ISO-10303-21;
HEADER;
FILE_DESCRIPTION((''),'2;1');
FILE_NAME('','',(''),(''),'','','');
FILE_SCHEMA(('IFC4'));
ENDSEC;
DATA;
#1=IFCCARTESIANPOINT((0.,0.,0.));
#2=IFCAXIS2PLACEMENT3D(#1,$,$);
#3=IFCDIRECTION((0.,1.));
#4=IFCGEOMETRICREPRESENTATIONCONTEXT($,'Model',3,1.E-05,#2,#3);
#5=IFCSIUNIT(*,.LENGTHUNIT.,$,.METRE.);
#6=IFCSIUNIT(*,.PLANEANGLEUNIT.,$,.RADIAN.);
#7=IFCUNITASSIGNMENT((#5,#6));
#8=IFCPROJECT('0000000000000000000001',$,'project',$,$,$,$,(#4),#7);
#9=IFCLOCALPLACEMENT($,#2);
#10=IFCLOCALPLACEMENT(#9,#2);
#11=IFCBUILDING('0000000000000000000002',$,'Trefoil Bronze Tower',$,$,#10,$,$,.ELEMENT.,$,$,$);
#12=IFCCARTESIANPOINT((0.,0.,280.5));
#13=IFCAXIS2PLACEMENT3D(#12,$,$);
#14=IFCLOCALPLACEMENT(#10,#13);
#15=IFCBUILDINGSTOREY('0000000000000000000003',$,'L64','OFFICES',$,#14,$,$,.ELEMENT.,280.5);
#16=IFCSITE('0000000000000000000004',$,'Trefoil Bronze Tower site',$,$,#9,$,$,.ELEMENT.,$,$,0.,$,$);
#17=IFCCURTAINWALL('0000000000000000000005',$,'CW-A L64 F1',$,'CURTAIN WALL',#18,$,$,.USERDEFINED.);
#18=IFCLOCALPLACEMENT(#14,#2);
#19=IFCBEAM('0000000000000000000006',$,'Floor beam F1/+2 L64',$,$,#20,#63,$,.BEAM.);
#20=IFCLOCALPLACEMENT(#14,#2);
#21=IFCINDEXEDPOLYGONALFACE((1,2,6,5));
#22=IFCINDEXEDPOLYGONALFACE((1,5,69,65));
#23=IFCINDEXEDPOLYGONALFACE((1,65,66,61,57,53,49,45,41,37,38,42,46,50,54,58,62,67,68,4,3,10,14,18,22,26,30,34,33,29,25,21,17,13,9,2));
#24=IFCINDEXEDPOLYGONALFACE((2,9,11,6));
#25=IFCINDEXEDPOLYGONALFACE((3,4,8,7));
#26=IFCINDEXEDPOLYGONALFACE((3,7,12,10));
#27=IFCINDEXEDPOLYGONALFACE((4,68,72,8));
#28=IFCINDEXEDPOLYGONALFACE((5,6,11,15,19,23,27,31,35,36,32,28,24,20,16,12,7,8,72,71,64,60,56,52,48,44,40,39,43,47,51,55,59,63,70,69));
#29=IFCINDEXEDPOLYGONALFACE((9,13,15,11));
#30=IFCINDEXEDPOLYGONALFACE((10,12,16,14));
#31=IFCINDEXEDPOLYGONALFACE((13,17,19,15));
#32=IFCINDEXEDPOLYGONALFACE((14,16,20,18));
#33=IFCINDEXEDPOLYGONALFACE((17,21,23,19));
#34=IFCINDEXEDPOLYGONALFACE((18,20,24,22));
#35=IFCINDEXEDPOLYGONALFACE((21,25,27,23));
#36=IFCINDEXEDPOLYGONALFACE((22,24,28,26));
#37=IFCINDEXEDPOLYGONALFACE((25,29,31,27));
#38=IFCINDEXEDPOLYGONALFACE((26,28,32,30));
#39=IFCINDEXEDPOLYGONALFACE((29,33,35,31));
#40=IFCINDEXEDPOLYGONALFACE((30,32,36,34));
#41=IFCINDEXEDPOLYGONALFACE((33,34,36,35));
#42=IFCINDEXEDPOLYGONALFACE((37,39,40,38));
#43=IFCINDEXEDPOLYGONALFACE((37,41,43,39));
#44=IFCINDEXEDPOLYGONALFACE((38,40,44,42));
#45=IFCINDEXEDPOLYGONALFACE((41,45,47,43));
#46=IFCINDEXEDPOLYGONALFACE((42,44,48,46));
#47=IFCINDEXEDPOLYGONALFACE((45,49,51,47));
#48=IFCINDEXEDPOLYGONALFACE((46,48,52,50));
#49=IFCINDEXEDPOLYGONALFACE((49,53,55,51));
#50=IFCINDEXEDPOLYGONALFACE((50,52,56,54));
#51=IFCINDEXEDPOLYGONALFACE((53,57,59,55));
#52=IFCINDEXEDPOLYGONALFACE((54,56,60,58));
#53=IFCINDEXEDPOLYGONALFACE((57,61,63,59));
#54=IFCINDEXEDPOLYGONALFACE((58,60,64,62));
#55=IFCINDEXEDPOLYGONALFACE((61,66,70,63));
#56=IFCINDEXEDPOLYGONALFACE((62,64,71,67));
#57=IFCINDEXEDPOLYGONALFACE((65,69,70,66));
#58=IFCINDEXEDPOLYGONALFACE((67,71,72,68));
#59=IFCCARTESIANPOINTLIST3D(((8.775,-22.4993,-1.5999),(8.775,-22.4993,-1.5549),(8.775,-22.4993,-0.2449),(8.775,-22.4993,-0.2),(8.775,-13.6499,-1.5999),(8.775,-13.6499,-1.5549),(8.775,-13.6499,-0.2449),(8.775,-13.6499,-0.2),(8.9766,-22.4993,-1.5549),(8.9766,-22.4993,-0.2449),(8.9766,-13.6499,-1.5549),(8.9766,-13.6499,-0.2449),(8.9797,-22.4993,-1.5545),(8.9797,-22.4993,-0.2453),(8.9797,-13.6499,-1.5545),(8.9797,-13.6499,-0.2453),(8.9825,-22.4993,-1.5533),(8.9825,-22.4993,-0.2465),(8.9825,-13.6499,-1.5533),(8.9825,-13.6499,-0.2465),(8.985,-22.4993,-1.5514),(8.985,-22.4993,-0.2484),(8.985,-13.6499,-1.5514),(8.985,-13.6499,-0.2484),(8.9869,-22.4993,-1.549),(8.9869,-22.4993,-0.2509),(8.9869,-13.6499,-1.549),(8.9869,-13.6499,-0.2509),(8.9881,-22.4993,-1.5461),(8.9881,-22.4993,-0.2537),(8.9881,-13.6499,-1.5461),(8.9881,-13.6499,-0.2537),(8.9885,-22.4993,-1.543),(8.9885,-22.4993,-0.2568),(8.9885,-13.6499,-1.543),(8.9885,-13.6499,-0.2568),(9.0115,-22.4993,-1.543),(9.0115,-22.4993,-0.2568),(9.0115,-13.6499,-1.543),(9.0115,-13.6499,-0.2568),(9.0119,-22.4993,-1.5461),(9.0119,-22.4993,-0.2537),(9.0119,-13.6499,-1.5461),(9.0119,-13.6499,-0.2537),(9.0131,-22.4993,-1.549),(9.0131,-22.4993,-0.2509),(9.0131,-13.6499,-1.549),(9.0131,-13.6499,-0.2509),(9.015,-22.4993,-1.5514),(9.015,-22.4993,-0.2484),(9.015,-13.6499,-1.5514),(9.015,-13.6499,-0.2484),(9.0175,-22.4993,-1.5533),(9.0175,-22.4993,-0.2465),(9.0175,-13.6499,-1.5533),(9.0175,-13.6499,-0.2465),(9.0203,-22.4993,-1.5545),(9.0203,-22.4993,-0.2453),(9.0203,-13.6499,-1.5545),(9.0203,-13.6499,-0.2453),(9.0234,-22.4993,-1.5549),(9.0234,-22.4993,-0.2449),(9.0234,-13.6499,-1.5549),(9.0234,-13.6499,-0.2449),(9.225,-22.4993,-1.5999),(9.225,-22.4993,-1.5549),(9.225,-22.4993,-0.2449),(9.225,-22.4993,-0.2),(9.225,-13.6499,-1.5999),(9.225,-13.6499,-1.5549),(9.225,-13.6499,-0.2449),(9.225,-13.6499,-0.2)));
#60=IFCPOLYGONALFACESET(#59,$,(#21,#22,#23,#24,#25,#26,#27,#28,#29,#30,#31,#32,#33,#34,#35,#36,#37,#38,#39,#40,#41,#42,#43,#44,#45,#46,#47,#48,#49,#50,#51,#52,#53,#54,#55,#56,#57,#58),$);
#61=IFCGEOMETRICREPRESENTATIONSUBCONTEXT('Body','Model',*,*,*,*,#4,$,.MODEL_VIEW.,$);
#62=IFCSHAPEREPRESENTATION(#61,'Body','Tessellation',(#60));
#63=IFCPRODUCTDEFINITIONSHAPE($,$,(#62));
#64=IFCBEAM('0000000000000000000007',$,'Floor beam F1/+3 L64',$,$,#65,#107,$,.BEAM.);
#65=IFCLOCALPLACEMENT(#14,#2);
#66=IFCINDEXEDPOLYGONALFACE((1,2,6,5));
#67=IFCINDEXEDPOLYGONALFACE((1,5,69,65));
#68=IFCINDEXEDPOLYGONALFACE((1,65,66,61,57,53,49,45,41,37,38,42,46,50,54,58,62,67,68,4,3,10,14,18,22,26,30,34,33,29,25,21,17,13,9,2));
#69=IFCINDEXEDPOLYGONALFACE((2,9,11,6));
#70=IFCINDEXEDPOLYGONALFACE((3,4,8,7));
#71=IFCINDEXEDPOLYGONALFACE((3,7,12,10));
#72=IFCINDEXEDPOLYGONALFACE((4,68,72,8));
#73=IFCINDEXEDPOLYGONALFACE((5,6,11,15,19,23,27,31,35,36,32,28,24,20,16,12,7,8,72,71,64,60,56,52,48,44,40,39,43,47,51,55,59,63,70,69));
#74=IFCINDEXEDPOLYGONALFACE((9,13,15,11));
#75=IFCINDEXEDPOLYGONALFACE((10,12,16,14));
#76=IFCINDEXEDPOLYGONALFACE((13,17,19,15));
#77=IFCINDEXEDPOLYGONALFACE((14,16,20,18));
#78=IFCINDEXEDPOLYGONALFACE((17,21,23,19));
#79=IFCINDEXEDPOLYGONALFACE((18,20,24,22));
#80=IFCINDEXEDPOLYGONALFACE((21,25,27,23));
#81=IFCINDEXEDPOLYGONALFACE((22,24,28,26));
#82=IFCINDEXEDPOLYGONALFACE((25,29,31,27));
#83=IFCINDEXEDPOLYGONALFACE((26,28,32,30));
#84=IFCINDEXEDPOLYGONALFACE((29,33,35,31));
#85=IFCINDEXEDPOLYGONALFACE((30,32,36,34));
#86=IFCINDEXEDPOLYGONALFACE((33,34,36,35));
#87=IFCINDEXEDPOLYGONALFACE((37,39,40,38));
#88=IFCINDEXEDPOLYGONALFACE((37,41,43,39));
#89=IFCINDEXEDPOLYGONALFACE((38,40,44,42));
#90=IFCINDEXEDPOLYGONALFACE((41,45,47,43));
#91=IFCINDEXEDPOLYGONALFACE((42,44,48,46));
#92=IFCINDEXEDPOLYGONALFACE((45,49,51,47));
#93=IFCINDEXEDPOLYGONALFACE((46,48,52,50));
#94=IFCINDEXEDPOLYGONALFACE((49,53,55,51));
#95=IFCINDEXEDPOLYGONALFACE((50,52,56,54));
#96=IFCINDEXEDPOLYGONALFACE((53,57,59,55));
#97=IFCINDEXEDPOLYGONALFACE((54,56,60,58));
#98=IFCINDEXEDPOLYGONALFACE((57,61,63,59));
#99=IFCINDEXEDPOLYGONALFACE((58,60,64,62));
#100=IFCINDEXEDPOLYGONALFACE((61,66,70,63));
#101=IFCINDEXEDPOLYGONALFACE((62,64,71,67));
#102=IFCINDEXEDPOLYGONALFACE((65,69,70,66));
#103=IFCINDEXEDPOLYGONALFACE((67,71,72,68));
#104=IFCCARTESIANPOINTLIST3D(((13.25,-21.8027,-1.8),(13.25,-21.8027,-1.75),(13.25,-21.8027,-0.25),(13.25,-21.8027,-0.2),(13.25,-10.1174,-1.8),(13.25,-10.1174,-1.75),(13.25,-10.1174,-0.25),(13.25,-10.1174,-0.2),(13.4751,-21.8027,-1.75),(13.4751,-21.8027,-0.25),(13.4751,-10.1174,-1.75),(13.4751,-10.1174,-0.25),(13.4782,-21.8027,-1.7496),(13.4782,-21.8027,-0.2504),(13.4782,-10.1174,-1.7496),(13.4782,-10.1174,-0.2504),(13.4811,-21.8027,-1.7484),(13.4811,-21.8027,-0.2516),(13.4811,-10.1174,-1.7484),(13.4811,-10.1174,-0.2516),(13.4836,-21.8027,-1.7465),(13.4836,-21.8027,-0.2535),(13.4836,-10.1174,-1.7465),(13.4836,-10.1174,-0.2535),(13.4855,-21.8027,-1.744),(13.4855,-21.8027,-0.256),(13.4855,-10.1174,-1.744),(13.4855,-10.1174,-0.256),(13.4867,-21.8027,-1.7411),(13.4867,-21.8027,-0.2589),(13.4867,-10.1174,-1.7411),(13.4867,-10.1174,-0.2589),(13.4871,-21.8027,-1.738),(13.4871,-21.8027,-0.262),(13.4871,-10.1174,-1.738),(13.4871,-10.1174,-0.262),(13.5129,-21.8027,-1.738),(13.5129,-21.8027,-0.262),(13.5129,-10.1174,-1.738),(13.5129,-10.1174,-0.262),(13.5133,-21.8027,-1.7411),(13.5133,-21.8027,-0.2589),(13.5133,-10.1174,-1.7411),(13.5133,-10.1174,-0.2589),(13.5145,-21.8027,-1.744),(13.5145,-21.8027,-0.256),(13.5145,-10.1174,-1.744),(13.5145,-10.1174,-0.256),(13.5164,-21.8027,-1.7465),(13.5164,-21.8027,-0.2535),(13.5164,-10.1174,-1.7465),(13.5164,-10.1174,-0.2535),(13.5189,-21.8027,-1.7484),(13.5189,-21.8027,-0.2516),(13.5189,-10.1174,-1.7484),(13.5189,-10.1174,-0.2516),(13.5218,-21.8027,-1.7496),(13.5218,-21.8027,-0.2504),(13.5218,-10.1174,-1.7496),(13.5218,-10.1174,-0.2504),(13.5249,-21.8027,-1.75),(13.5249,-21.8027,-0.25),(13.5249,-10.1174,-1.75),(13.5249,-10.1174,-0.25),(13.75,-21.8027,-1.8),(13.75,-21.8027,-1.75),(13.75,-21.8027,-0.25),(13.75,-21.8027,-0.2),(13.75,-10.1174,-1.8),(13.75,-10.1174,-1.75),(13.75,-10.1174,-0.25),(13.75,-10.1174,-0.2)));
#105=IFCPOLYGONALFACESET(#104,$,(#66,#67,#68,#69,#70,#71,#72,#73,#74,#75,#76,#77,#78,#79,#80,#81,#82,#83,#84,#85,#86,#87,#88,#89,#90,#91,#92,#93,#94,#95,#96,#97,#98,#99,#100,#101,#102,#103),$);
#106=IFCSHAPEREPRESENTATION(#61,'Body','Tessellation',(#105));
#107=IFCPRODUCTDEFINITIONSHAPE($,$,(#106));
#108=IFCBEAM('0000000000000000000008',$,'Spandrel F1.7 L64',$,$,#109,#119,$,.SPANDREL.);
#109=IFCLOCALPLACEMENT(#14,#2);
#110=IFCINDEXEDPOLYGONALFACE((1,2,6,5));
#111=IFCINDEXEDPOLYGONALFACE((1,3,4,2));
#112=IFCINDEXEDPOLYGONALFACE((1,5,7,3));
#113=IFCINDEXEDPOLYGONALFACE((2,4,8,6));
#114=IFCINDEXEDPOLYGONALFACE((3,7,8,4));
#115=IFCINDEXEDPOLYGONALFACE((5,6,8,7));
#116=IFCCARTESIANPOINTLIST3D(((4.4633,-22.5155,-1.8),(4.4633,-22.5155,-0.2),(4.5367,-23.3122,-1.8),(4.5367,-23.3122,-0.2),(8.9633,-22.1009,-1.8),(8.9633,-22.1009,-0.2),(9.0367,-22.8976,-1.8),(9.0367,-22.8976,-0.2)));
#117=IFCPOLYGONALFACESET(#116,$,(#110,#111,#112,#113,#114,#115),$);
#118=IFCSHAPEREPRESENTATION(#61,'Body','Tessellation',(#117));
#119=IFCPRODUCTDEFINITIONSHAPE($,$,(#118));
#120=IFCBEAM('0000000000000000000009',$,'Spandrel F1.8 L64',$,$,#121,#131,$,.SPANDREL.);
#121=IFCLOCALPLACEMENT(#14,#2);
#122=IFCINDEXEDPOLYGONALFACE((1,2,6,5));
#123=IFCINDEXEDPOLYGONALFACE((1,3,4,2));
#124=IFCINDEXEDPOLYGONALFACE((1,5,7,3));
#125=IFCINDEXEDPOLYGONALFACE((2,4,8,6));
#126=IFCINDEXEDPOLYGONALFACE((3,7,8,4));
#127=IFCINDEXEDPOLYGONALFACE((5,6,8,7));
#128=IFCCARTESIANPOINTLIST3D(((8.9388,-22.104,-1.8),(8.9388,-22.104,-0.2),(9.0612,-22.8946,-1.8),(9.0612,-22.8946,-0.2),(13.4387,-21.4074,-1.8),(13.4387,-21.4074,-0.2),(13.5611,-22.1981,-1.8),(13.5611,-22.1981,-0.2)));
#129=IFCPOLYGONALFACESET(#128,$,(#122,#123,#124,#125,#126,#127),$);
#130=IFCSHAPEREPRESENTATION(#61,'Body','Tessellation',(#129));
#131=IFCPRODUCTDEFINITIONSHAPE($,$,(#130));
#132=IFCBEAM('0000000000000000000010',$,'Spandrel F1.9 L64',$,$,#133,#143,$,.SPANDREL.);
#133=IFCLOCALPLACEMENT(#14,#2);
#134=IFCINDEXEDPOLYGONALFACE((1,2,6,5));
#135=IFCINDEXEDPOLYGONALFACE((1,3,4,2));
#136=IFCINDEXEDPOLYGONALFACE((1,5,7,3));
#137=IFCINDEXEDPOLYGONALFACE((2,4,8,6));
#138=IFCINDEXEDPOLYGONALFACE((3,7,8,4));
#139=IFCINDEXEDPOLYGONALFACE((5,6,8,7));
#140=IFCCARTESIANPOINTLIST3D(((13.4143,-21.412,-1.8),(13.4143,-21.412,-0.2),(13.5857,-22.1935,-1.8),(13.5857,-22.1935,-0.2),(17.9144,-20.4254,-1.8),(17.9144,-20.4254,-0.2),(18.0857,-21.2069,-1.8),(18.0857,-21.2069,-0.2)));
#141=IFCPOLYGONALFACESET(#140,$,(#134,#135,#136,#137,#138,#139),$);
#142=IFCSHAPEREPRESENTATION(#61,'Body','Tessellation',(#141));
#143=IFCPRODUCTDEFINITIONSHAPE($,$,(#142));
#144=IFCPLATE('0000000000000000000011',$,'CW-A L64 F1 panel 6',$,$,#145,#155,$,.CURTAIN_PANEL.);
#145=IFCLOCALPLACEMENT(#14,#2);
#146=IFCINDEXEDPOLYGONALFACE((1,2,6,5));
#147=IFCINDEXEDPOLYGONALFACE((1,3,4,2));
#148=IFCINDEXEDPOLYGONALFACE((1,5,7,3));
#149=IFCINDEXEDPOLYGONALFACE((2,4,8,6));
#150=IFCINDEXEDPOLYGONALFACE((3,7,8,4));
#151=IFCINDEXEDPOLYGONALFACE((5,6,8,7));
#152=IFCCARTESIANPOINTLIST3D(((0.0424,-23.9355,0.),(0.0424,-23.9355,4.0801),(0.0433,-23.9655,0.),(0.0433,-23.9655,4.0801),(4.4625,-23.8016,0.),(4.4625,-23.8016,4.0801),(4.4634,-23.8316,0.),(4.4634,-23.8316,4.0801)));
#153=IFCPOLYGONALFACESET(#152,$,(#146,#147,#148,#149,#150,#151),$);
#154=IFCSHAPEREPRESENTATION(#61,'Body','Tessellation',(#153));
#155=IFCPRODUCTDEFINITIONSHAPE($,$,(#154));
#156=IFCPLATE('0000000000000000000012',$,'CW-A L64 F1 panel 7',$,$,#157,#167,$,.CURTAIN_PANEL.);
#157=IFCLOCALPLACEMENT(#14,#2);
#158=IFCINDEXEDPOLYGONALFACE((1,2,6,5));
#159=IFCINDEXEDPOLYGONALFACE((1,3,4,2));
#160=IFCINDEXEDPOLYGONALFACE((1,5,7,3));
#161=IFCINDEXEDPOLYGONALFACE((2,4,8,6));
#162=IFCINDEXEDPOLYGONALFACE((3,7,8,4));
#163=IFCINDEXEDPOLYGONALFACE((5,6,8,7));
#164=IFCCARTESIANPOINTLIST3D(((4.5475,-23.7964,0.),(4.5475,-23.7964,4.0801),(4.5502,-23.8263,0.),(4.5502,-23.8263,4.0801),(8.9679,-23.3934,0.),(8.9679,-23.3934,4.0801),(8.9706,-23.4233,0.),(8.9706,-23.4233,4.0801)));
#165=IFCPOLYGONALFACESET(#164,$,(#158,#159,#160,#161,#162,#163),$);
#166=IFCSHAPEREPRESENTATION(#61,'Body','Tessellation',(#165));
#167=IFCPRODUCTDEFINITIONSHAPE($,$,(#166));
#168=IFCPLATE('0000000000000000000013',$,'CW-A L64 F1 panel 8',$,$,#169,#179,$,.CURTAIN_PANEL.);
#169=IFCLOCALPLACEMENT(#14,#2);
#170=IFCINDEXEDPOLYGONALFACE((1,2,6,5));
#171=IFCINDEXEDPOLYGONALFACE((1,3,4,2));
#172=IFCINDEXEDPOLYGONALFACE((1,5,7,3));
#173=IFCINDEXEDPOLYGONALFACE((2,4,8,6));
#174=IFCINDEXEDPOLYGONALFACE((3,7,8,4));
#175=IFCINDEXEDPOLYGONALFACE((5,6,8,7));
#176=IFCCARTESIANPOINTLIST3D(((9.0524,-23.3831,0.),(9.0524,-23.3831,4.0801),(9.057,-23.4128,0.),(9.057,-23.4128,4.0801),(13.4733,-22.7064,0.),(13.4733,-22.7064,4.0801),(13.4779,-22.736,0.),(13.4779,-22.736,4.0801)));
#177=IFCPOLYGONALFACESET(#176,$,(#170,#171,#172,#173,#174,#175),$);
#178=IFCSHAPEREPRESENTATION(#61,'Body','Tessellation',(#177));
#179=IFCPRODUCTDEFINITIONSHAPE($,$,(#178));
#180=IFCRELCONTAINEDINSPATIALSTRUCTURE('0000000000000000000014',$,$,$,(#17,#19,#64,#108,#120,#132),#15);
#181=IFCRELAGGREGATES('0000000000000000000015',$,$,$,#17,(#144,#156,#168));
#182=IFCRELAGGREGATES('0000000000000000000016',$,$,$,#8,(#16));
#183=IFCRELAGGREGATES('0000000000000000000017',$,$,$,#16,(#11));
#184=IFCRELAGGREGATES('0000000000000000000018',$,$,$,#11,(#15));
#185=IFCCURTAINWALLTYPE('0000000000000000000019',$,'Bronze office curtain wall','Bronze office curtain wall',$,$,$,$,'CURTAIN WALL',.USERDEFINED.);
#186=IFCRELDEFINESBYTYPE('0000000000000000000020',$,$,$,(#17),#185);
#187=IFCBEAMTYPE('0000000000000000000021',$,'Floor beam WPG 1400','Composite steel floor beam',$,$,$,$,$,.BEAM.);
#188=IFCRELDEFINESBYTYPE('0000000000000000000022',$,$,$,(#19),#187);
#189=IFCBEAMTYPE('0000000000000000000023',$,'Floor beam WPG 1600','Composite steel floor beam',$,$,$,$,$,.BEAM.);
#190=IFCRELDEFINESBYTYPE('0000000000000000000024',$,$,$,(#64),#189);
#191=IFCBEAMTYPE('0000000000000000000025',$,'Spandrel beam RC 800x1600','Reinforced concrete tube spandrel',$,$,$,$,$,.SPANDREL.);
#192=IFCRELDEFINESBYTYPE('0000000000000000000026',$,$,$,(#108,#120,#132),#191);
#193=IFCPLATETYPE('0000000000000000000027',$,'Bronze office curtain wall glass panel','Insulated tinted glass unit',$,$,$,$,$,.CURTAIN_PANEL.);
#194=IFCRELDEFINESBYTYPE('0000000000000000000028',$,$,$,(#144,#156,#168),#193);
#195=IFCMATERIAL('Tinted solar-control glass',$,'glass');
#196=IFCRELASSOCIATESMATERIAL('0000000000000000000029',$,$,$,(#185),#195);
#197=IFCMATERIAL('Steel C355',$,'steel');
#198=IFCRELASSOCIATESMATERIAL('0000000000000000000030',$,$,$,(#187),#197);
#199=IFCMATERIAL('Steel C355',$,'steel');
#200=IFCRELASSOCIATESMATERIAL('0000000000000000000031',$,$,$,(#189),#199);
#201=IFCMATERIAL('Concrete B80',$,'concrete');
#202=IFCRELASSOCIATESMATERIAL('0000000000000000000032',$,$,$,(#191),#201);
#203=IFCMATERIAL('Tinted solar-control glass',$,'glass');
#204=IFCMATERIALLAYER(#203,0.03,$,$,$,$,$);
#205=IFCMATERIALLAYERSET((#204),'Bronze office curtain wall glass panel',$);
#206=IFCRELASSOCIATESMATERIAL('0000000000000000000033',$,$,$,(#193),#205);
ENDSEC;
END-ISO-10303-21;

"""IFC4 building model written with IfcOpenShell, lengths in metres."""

from ifc_helpers import new_model, si_unit, direction, frame, origin, origin_2d, place, context, subcontext, project, spatial, rectangle, i_section, extrude, material, layer, layer_set, material_profile, profile_set, type_object, element, aggregate, save


model = new_model("IFC4")

# Units and contexts
model_context = context("Model", 3, precision=1e-05, world=origin(), true_north=direction((0.0, 1.0)))
body_context = subcontext(model_context, "Body", "Model", "MODEL_VIEW")
ifc_project = project(units=[si_unit("LENGTHUNIT", "METRE"), si_unit("PLANEANGLEUNIT", "RADIAN")], contexts=[model_context])

# Site, building, storey
site_placement = place(None, origin())
site = spatial("IfcSite", under=ifc_project, at=site_placement, Name="Trefoil Bronze Tower site", CompositionType="ELEMENT", RefElevation=0.0)
building_placement = place(site_placement, origin())
building = spatial("IfcBuilding", under=site, at=building_placement, Name="Trefoil Bronze Tower", CompositionType="ELEMENT")
storey_placement = place(building_placement, frame((0.0, 0.0, 280.5)))
storey = spatial("IfcBuildingStorey", under=building, at=storey_placement, Name="L64", Description="OFFICES", CompositionType="ELEMENT", Elevation=280.5)

# Curtain wall
ifc_material_1 = material(Name="Tinted solar-control glass", Category="glass")
curtain_wall_type = type_object("IfcCurtainWallType", Name="Bronze office curtain wall", Description="Bronze office curtain wall", ElementType="CURTAIN WALL", PredefinedType="USERDEFINED", material=ifc_material_1)
curtain_wall_placement = place(storey_placement, origin())
curtain_wall = element("IfcCurtainWall", 1, at=curtain_wall_placement, inside=storey, type_object=curtain_wall_type, Name="CW-A L64 F1", ObjectType="CURTAIN WALL", PredefinedType="USERDEFINED")

# Beams
ifc_material_2 = material(Name="Steel C355", Category="steel")
ifc_material_profile_1 = material_profile(ifc_material_2, i_section(OverallWidth=0.45, OverallDepth=1.3999, WebThickness=0.0229, FlangeThickness=0.0449, FilletRadius=0.012, at=origin_2d()), Name="WPG 1400")
ifc_profile_set_1 = profile_set([ifc_material_profile_1], Name="Steel C355")
beam_type_1 = type_object("IfcBeamType", Name="Floor beam WPG 1400", Description="Composite steel floor beam", PredefinedType="BEAM", material=ifc_profile_set_1)
beam_1_placement = place(storey_placement, frame((9.0, -22.4993, -0.8999), z_axis=(0.0, 1.0, 0.0), x_axis=(-1.0, 0.0, 0.0)))
element("IfcBeam", 2, at=beam_1_placement, inside=storey, type_object=beam_type_1, Name="Floor beam F1/+2 L64", PredefinedType="BEAM", context=body_context, shape_type="SweptSolid", body=[
    extrude(i_section(OverallWidth=0.45, OverallDepth=1.3999, WebThickness=0.0229, FlangeThickness=0.0449, FilletRadius=0.012, at=origin_2d()), origin(), (0.0, 0.0, 1.0), 8.8494),
])
ifc_material_3 = material(Name="Steel C355", Category="steel")
ifc_material_profile_2 = material_profile(ifc_material_3, i_section(OverallWidth=0.5, OverallDepth=1.6001, WebThickness=0.0259, FlangeThickness=0.05, FilletRadius=0.012, at=origin_2d()), Name="WPG 1600")
ifc_profile_set_2 = profile_set([ifc_material_profile_2], Name="Steel C355")
beam_type_2 = type_object("IfcBeamType", Name="Floor beam WPG 1600", Description="Composite steel floor beam", PredefinedType="BEAM", material=ifc_profile_set_2)
beam_2_placement = place(storey_placement, frame((13.5, -21.8027, -1.0), z_axis=(0.0, 1.0, 0.0), x_axis=(-1.0, 0.0, 0.0)))
element("IfcBeam", 3, at=beam_2_placement, inside=storey, type_object=beam_type_2, Name="Floor beam F1/+3 L64", PredefinedType="BEAM", context=body_context, shape_type="SweptSolid", body=[
    extrude(i_section(OverallWidth=0.5, OverallDepth=1.6001, WebThickness=0.0259, FlangeThickness=0.05, FilletRadius=0.012, at=origin_2d()), origin(), (0.0, 0.0, 1.0), 11.6853),
])
ifc_material_4 = material(Name="Concrete B80", Category="concrete")
ifc_material_profile_3 = material_profile(ifc_material_4, rectangle(XDim=0.8, YDim=1.6001, at=origin_2d()), Name="RC 800x1600")
ifc_profile_set_3 = profile_set([ifc_material_profile_3], Name="Concrete B80")
beam_type_3 = type_object("IfcBeamType", Name="Spandrel beam RC 800x1600", Description="Reinforced concrete tube spandrel", PredefinedType="SPANDREL", material=ifc_profile_set_3)
beam_3_placement = place(storey_placement, frame((4.5, -22.9138, -1.0), z_axis=(0.995784, 0.091734, 0.0), x_axis=(-0.091734, 0.995784, 0.0)))
element("IfcBeam", 4, at=beam_3_placement, inside=storey, type_object=beam_type_3, Name="Spandrel F1.7 L64", PredefinedType="SPANDREL", context=body_context, shape_type="SweptSolid", body=[
    extrude(rectangle(XDim=0.8, YDim=1.6001, at=origin_2d()), origin(), (0.0, 0.0, 1.0), 4.519),
])
beam_4_placement = place(storey_placement, frame((9.0, -22.4993, -1.0), z_axis=(0.988232, 0.152964, 0.0), x_axis=(-0.152964, 0.988232, 0.0)))
element("IfcBeam", 5, at=beam_4_placement, inside=storey, type_object=beam_type_3, Name="Spandrel F1.8 L64", PredefinedType="SPANDREL", context=body_context, shape_type="SweptSolid", body=[
    extrude(rectangle(XDim=0.8, YDim=1.6001, at=origin_2d()), origin(), (0.0, 0.0, 1.0), 4.5535),
])
beam_5_placement = place(storey_placement, frame((13.5, -21.8027, -1.0), z_axis=(0.9768, 0.214152, 0.0), x_axis=(-0.214152, 0.9768, 0.0)))
element("IfcBeam", 6, at=beam_5_placement, inside=storey, type_object=beam_type_3, Name="Spandrel F1.9 L64", PredefinedType="SPANDREL", context=body_context, shape_type="SweptSolid", body=[
    extrude(rectangle(XDim=0.8, YDim=1.6001, at=origin_2d()), origin(), (0.0, 0.0, 1.0), 4.6069),
])

# Plates
ifc_material_5 = material(Name="Tinted solar-control glass", Category="glass")
ifc_layer_1 = layer(ifc_material_5, 0.03)
ifc_layer_set_1 = layer_set([ifc_layer_1], Name="Bronze office curtain wall glass panel")
plate_type = type_object("IfcPlateType", Name="Bronze office curtain wall glass panel", Description="Insulated tinted glass unit", PredefinedType="CURTAIN_PANEL", material=ifc_layer_set_1)
plate_1_placement = place(storey_placement, frame((2.2529, -23.8835, 0.0), z_axis=(0.0, 0.0, 1.0), x_axis=(0.999542, 0.030263, 0.0)))
plate_1 = element("IfcPlate", 7, at=plate_1_placement, type_object=plate_type, Name="CW-A L64 F1 panel 6", PredefinedType="CURTAIN_PANEL", context=body_context, shape_type="SweptSolid", body=[
    extrude(rectangle(XDim=4.4221, YDim=0.03, at=origin_2d()), origin(), (0.0, 0.0, 1.0), 4.0801),
])
plate_2_placement = place(storey_placement, frame((6.759, -23.6099, 0.0), z_axis=(0.0, 0.0, 1.0), x_axis=(0.99587, 0.090789, 0.0)))
plate_2 = element("IfcPlate", 8, at=plate_2_placement, type_object=plate_type, Name="CW-A L64 F1 panel 7", PredefinedType="CURTAIN_PANEL", context=body_context, shape_type="SweptSolid", body=[
    extrude(rectangle(XDim=4.4387, YDim=0.03, at=origin_2d()), origin(), (0.0, 0.0, 1.0), 4.0801),
])
plate_3_placement = place(storey_placement, frame((11.2651, -23.0596, 0.0), z_axis=(0.0, 0.0, 1.0), x_axis=(0.988485, 0.151317, 0.0)))
plate_3 = element("IfcPlate", 9, at=plate_3_placement, type_object=plate_type, Name="CW-A L64 F1 panel 8", PredefinedType="CURTAIN_PANEL", context=body_context, shape_type="SweptSolid", body=[
    extrude(rectangle(XDim=4.4724, YDim=0.03, at=origin_2d()), origin(), (0.0, 0.0, 1.0), 4.0801),
])
aggregate(curtain_wall, [plate_1, plate_2, plate_3])

save(model, "model.ifc")
